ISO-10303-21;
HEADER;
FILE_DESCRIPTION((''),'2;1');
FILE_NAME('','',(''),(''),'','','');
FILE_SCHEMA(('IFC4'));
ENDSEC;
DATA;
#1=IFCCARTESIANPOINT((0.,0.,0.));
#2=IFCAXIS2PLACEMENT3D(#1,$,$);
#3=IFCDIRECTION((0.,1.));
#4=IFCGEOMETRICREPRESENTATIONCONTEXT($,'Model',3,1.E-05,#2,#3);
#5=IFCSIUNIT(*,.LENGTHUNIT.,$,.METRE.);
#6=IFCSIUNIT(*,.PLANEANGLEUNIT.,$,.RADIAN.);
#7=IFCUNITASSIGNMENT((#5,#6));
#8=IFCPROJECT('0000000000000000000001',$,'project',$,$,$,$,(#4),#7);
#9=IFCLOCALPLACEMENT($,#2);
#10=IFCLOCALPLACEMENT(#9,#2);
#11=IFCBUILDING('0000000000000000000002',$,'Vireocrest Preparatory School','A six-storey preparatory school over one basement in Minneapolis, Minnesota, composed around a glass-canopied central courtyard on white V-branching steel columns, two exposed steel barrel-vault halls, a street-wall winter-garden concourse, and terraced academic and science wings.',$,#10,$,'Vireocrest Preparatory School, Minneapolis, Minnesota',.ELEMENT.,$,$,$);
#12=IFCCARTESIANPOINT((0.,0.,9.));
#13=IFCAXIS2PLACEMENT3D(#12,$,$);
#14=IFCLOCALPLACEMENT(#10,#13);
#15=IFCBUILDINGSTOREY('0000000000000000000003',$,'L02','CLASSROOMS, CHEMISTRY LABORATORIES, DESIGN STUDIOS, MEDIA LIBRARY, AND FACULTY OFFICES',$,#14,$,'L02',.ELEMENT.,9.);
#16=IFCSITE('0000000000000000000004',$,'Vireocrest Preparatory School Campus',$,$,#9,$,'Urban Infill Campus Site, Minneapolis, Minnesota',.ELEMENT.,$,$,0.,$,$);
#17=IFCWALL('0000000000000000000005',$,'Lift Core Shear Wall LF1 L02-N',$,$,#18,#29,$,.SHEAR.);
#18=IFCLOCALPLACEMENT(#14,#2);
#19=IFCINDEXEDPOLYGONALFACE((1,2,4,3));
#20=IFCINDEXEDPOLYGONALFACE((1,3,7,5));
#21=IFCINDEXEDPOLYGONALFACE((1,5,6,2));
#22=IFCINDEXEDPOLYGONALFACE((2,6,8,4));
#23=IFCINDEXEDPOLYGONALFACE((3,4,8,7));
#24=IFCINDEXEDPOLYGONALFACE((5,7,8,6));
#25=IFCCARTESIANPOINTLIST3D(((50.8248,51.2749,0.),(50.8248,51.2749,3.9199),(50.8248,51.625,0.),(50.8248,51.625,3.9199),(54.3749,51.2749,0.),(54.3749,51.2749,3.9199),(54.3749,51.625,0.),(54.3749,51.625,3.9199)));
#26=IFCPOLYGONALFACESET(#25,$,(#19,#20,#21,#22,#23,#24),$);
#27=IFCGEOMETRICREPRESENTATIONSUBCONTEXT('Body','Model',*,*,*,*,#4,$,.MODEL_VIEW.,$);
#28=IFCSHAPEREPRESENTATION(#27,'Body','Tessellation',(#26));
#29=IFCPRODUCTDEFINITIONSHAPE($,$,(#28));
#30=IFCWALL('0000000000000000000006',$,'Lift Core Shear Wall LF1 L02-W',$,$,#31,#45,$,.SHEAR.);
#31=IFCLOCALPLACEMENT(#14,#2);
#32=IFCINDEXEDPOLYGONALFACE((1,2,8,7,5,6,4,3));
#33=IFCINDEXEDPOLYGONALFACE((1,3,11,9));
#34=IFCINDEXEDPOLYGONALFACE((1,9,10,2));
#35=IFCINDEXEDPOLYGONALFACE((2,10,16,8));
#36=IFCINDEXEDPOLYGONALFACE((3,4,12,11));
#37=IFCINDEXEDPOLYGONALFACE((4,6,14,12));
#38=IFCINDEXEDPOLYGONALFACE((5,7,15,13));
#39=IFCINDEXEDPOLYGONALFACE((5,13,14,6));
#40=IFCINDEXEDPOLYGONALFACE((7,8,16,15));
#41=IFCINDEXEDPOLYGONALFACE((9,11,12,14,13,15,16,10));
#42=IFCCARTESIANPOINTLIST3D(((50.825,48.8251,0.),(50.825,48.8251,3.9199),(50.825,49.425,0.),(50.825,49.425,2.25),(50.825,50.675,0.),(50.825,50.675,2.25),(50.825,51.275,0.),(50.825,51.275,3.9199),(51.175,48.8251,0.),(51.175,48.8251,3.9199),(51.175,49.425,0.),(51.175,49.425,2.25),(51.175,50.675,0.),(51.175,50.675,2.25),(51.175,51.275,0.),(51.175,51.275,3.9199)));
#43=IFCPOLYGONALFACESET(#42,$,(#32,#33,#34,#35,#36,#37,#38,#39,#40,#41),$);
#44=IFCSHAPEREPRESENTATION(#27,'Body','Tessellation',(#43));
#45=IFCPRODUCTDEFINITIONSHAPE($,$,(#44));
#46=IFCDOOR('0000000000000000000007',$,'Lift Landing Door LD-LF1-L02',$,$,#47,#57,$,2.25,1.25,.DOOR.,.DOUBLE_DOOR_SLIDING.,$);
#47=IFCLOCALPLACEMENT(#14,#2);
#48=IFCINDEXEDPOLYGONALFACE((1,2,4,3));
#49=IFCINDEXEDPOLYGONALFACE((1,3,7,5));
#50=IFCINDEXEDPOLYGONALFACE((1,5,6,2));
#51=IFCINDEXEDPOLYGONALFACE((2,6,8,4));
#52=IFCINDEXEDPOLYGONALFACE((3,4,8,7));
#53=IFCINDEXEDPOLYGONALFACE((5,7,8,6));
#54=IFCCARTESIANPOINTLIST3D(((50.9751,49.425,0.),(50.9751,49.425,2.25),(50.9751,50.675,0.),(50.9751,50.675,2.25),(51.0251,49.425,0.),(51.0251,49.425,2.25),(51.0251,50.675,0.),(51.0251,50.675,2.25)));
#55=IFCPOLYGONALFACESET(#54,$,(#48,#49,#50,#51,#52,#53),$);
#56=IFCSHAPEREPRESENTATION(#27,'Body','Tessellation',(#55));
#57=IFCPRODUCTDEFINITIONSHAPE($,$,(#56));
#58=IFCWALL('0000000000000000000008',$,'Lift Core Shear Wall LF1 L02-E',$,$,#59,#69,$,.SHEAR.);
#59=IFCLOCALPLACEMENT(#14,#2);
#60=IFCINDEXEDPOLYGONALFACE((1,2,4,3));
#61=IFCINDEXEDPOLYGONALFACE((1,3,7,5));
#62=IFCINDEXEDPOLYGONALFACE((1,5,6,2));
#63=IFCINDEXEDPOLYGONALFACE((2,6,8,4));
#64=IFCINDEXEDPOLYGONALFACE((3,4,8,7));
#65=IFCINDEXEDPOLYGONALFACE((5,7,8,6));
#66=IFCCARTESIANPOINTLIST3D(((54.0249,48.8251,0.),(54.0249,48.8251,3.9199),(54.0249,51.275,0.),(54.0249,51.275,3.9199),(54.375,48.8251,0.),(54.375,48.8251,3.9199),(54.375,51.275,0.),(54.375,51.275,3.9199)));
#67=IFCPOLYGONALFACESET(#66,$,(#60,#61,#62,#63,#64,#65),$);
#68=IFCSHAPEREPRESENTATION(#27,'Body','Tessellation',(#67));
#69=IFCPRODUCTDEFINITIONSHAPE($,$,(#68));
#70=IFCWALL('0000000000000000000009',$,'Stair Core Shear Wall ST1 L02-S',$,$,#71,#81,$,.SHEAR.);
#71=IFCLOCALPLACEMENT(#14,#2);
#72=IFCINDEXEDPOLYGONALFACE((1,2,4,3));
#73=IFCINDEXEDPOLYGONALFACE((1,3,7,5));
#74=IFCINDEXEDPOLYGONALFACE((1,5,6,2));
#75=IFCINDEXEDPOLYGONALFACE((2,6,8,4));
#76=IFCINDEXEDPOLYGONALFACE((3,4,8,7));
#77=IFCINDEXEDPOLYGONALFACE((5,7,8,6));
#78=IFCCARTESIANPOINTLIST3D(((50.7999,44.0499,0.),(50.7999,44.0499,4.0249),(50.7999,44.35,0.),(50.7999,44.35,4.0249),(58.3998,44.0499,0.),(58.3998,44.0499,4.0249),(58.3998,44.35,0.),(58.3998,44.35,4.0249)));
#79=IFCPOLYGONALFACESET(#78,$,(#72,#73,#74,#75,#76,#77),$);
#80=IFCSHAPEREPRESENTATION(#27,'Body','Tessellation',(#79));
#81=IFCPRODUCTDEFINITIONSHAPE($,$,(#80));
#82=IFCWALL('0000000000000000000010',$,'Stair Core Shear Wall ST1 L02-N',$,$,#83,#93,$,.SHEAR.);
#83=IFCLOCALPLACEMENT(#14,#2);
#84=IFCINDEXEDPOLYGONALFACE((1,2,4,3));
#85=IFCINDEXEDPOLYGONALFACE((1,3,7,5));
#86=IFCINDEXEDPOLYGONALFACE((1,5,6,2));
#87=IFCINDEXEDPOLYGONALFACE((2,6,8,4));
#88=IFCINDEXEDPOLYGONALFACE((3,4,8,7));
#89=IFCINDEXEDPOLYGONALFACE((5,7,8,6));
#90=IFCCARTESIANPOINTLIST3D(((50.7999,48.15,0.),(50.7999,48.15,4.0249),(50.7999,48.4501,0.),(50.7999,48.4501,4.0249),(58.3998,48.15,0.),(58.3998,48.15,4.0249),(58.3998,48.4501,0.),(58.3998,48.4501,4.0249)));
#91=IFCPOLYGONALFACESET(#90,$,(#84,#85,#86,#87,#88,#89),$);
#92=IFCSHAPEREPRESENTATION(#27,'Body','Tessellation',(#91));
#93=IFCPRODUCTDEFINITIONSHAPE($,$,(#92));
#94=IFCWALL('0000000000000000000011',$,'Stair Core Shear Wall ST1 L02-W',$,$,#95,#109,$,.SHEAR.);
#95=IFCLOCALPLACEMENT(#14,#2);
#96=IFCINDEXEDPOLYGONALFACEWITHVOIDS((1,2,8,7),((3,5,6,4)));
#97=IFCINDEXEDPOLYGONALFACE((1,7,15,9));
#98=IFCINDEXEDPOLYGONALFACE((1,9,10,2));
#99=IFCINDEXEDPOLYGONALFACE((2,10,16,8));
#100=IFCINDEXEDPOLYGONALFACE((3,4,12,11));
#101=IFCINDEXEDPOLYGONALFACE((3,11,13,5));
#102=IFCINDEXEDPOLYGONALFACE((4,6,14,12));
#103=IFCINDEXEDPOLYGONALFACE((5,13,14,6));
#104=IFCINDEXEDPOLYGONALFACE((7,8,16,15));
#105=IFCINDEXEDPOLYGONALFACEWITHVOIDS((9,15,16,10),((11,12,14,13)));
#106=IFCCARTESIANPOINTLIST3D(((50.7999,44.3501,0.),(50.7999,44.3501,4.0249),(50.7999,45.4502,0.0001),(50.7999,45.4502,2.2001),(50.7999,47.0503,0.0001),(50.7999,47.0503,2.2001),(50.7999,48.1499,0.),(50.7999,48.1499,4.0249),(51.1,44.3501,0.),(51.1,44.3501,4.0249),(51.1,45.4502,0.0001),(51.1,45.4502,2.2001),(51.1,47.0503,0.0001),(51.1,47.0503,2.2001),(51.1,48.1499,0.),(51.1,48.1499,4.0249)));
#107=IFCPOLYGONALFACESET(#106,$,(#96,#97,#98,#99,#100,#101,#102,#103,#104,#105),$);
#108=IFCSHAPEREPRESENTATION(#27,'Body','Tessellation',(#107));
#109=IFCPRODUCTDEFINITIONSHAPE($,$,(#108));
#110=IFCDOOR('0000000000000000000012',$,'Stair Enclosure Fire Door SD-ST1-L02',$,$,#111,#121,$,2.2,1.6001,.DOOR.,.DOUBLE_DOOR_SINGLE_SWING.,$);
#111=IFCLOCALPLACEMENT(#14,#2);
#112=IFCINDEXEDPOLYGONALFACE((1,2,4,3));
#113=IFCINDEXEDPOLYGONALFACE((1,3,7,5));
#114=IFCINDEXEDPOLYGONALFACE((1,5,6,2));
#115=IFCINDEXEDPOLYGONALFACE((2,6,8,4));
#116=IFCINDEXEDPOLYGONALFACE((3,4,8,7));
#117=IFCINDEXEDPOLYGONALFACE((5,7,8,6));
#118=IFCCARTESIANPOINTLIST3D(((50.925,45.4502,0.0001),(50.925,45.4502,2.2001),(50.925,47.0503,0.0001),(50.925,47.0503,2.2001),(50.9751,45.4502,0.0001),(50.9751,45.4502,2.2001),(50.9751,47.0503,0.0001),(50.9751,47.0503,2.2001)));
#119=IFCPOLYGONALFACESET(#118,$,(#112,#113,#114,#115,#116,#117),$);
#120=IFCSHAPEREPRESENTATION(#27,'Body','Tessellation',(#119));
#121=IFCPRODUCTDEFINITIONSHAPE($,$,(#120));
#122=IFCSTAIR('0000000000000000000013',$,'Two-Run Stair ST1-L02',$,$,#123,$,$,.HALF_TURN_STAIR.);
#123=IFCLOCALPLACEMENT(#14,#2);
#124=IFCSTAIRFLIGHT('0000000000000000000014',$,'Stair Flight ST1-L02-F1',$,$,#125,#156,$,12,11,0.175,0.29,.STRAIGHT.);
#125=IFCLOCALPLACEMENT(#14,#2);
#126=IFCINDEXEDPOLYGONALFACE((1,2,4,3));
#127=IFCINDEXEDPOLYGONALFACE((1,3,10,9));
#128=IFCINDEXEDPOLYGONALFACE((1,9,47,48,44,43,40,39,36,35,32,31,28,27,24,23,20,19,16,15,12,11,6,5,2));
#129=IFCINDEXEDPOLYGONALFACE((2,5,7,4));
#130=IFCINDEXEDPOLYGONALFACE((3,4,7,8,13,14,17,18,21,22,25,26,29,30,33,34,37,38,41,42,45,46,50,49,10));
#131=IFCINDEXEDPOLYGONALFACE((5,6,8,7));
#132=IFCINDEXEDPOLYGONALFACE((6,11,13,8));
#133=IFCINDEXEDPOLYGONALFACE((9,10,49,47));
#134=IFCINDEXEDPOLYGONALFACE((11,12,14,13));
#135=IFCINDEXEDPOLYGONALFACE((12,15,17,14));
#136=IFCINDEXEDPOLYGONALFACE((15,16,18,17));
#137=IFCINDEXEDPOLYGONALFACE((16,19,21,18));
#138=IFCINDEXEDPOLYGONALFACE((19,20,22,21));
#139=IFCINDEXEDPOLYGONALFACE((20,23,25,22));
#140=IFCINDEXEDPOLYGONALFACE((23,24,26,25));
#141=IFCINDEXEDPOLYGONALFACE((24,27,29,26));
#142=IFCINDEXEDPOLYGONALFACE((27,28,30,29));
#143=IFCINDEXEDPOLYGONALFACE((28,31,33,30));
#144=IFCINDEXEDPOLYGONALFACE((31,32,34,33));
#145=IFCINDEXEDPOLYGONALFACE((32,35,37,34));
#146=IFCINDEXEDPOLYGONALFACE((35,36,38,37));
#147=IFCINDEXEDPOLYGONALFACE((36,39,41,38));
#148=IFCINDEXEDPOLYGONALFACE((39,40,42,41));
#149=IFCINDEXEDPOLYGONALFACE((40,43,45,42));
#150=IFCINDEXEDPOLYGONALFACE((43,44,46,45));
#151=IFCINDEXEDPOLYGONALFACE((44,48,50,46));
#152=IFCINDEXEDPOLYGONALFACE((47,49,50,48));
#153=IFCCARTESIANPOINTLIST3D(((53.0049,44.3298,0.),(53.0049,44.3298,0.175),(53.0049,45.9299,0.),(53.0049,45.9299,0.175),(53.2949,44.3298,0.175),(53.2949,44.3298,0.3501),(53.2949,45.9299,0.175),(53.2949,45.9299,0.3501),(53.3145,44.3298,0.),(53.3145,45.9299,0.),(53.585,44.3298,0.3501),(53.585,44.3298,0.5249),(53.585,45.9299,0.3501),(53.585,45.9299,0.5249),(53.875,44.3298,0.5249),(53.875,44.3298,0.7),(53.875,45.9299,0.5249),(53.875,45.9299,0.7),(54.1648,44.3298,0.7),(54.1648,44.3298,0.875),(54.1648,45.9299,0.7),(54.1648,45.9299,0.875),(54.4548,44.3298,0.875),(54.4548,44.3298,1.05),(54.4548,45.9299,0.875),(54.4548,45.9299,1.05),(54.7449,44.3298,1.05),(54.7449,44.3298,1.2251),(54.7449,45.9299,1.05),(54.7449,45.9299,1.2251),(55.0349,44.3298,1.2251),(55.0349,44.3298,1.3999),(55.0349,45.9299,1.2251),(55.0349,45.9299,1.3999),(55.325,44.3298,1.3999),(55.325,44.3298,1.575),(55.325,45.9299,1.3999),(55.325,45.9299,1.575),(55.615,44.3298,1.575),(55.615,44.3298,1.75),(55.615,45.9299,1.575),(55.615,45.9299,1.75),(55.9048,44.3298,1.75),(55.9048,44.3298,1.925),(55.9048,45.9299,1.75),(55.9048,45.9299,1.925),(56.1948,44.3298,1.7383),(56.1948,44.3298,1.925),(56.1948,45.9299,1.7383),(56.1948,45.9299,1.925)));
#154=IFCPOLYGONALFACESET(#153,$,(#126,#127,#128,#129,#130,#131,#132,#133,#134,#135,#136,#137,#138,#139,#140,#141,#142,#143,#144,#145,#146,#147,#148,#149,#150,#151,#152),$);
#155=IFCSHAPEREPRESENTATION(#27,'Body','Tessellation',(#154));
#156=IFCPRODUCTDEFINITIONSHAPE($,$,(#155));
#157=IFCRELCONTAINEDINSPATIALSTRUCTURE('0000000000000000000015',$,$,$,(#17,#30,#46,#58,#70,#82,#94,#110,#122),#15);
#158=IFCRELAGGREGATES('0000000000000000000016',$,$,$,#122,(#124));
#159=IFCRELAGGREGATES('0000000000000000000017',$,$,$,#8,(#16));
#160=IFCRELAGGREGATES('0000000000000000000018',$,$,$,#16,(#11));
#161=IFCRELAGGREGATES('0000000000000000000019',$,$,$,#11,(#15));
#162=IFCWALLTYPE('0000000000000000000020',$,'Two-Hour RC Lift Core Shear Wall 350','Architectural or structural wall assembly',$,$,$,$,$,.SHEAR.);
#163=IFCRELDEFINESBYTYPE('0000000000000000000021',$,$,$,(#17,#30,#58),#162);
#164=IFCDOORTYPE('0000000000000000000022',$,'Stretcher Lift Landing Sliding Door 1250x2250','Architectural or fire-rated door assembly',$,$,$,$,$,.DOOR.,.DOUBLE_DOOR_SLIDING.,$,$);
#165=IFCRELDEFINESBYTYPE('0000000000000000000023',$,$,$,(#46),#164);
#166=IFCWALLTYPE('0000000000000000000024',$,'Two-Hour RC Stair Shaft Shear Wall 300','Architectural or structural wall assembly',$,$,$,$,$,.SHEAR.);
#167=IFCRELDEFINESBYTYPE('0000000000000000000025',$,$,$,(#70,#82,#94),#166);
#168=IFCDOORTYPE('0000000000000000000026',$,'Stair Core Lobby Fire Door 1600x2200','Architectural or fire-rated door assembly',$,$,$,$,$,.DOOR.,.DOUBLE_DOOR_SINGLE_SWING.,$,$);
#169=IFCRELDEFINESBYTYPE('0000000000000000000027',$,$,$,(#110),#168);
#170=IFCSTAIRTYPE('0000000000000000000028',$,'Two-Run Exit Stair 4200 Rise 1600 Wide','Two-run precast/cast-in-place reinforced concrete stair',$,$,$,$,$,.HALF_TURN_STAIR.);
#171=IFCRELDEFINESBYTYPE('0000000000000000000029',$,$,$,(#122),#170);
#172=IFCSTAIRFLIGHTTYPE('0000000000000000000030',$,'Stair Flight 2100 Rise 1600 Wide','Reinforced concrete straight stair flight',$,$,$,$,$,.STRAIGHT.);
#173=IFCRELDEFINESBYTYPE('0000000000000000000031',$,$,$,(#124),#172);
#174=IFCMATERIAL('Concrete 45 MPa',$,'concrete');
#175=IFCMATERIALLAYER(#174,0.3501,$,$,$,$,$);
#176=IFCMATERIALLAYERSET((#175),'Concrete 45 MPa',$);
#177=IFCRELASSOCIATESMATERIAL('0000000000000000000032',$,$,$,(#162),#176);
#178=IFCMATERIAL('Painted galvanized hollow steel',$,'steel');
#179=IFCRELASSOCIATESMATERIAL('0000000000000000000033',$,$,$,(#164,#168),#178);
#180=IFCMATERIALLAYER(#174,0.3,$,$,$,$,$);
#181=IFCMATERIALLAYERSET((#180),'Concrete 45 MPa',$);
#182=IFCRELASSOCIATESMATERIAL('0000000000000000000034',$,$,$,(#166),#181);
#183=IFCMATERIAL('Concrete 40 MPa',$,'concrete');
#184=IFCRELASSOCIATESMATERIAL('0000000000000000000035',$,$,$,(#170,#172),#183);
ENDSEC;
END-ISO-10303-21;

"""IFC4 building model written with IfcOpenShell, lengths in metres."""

from ifc_helpers import new_model, si_unit, direction, frame, frame_2d, origin, place, context, subcontext, project, spatial, polyline, rectangle, outline, extrude, material, layer, layer_set, type_object, element, fill, aggregate, save


model = new_model("IFC4")

# Units and contexts
model_context = context("Model", 3, precision=1e-05, world=origin(), true_north=direction((0.0, 1.0)))
body_context = subcontext(model_context, "Body", "Model", "MODEL_VIEW")
ifc_project = project(units=[si_unit("LENGTHUNIT", "METRE"), si_unit("PLANEANGLEUNIT", "RADIAN")], contexts=[model_context])

# Site, building, storey
site_placement = place(None, origin())
site = spatial("IfcSite", under=ifc_project, at=site_placement, Name="Vireocrest Preparatory School Campus", LongName="Urban Infill Campus Site, Minneapolis, Minnesota", CompositionType="ELEMENT", RefElevation=0.0)
building_placement = place(site_placement, origin())
building = spatial("IfcBuilding", under=site, at=building_placement, Name="Vireocrest Preparatory School", Description="A six-storey preparatory school over one basement in Minneapolis, Minnesota, composed around a glass-canopied central courtyard on white V-branching steel columns, two exposed steel barrel-vault halls, a street-wall winter-garden concourse, and terraced academic and science wings.", LongName="Vireocrest Preparatory School, Minneapolis, Minnesota", CompositionType="ELEMENT")
storey_placement = place(building_placement, frame((0.0, 0.0, 9.0)))
storey = spatial("IfcBuildingStorey", under=building, at=storey_placement, Name="L02", Description="CLASSROOMS, CHEMISTRY LABORATORIES, DESIGN STUDIOS, MEDIA LIBRARY, AND FACULTY OFFICES", LongName="L02", CompositionType="ELEMENT", Elevation=9.0)

# Shared definitions
ifc_material_1 = material(Name="Concrete 45 MPa", Category="concrete")

# Shared definitions
ifc_material_2 = material(Name="Concrete 40 MPa", Category="concrete")

# Wall
ifc_layer_1 = layer(ifc_material_1, 0.3501)
ifc_layer_set_1 = layer_set([ifc_layer_1], Name="Concrete 45 MPa")
wall_type_1 = type_object("IfcWallType", Name="Two-Hour RC Lift Core Shear Wall 350", Description="Architectural or structural wall assembly", PredefinedType="SHEAR", material=ifc_layer_set_1)
for number, where, z_axis, x_axis, name in (
    (1, (50.825, 51.45, 0.0), (0.0, 0.0, 1.0), (1.0, 0.0, 0.0), "Lift Core Shear Wall LF1 L02-N"),
):
    element("IfcWall", number, at=place(storey_placement, frame(where, z_axis=z_axis, x_axis=x_axis)), inside=storey, type_object=wall_type_1, Name=name, PredefinedType="SHEAR", context=body_context, shape_type="SweptSolid", body=[
        extrude(rectangle(XDim=3.55, YDim=0.3501, at=frame_2d((1.7749, 0.0))), origin(), (0.0, 0.0, 1.0), 3.9199),
    ])

# Wall, opening, door
wall_1_placement = place(storey_placement, frame((51.0, 48.825, 0.0), z_axis=(0.0, 0.0, 1.0), x_axis=(0.0, 1.0, 0.0)))
wall_1 = element("IfcWall", 2, at=wall_1_placement, inside=storey, type_object=wall_type_1, Name="Lift Core Shear Wall LF1 L02-W", PredefinedType="SHEAR", context=body_context, shape_type="SweptSolid", body=[
    extrude(rectangle(XDim=2.45, YDim=0.3501, at=frame_2d((1.2251, 0.0))), origin(), (0.0, 0.0, 1.0), 3.9199),
])
opening_1_placement = place(wall_1_placement, frame((0.6001, 0.0, 0.0)))
opening_1 = element("IfcOpeningElement", 3, at=opening_1_placement, cuts=wall_1, PredefinedType="OPENING", context=body_context, shape_type="SweptSolid", body=[
    extrude(rectangle(XDim=1.25, YDim=2.25, at=frame_2d((0.625, 1.125))), frame((0.0, 0.1851, 0.0), z_axis=(0.0, -1.0, 0.0), x_axis=(1.0, 0.0, 0.0)), (0.0, 0.0, 1.0), 0.3701),
])
ifc_material_3 = material(Name="Painted galvanized hollow steel", Category="steel")
door_type_1 = type_object("IfcDoorType", Name="Stretcher Lift Landing Sliding Door 1250x2250", Description="Architectural or fire-rated door assembly", OperationType="DOUBLE_DOOR_SLIDING", PredefinedType="DOOR", material=ifc_material_3)
door_1_placement = place(opening_1_placement, origin())
door_1 = element("IfcDoor", 4, at=door_1_placement, inside=storey, type_object=door_type_1, Name="Lift Landing Door LD-LF1-L02", OperationType="DOUBLE_DOOR_SLIDING", OverallHeight=2.25, OverallWidth=1.25, PredefinedType="DOOR", context=body_context, shape_type="SweptSolid", body=[
    extrude(rectangle(XDim=1.25, YDim=2.25, at=frame_2d((0.625, 1.125))), frame((0.0, 0.0249, 0.0), z_axis=(0.0, -1.0, 0.0), x_axis=(1.0, 0.0, 0.0)), (0.0, 0.0, 1.0), 0.05),
])
fill(opening_1, door_1)

# Walls
wall_2_placement = place(storey_placement, frame((54.2, 48.825, 0.0), z_axis=(0.0, 0.0, 1.0), x_axis=(0.0, 1.0, 0.0)))
element("IfcWall", 5, at=wall_2_placement, inside=storey, type_object=wall_type_1, Name="Lift Core Shear Wall LF1 L02-E", PredefinedType="SHEAR", context=body_context, shape_type="SweptSolid", body=[
    extrude(rectangle(XDim=2.45, YDim=0.3501, at=frame_2d((1.2251, 0.0))), origin(), (0.0, 0.0, 1.0), 3.9199),
])
ifc_layer_2 = layer(ifc_material_1, 0.3)
ifc_layer_set_2 = layer_set([ifc_layer_2], Name="Concrete 45 MPa")
wall_type_2 = type_object("IfcWallType", Name="Two-Hour RC Stair Shaft Shear Wall 300", Description="Architectural or structural wall assembly", PredefinedType="SHEAR", material=ifc_layer_set_2)
for number, where, z_axis, x_axis, name in (
    (6, (50.8, 44.2, 0.0), (0.0, 0.0, 1.0), (1.0, 0.0, 0.0), "Stair Core Shear Wall ST1 L02-S"),
    (7, (50.8, 48.3, 0.0), (0.0, 0.0, 1.0), (1.0, 0.0, 0.0), "Stair Core Shear Wall ST1 L02-N"),
):
    element("IfcWall", number, at=place(storey_placement, frame(where, z_axis=z_axis, x_axis=x_axis)), inside=storey, type_object=wall_type_2, Name=name, PredefinedType="SHEAR", context=body_context, shape_type="SweptSolid", body=[
        extrude(rectangle(XDim=7.5999, YDim=0.3, at=frame_2d((3.7998, 0.0))), origin(), (0.0, 0.0, 1.0), 4.0249),
    ])

# Wall, opening, door
wall_3_placement = place(storey_placement, frame((50.95, 44.3501, 0.0), z_axis=(0.0, 0.0, 1.0), x_axis=(0.0, 1.0, 0.0)))
wall_3 = element("IfcWall", 8, at=wall_3_placement, inside=storey, type_object=wall_type_2, Name="Stair Core Shear Wall ST1 L02-W", PredefinedType="SHEAR", context=body_context, shape_type="SweptSolid", body=[
    extrude(rectangle(XDim=3.7998, YDim=0.3, at=frame_2d((1.8999, 0.0))), origin(), (0.0, 0.0, 1.0), 4.0249),
])
opening_2_placement = place(wall_3_placement, frame((1.1001, 0.0, 0.0)))
opening_2 = element("IfcOpeningElement", 9, at=opening_2_placement, cuts=wall_3, PredefinedType="OPENING", context=body_context, shape_type="SweptSolid", body=[
    extrude(rectangle(XDim=1.6001, YDim=2.2, at=frame_2d((0.8, 1.1001))), frame((0.0, 0.1599, 0.0), z_axis=(0.0, -1.0, 0.0), x_axis=(1.0, 0.0, 0.0)), (0.0, 0.0, 1.0), 0.3201),
])
door_type_2 = type_object("IfcDoorType", Name="Stair Core Lobby Fire Door 1600x2200", Description="Architectural or fire-rated door assembly", OperationType="DOUBLE_DOOR_SINGLE_SWING", PredefinedType="DOOR", material=ifc_material_3)
door_2_placement = place(opening_2_placement, origin())
door_2 = element("IfcDoor", 10, at=door_2_placement, inside=storey, type_object=door_type_2, Name="Stair Enclosure Fire Door SD-ST1-L02", OperationType="DOUBLE_DOOR_SINGLE_SWING", OverallHeight=2.2, OverallWidth=1.6001, PredefinedType="DOOR", context=body_context, shape_type="SweptSolid", body=[
    extrude(rectangle(XDim=1.6001, YDim=2.2, at=frame_2d((0.8, 1.1001))), frame((0.0, 0.0249, 0.0), z_axis=(0.0, -1.0, 0.0), x_axis=(1.0, 0.0, 0.0)), (0.0, 0.0, 1.0), 0.05),
])
fill(opening_2, door_2)

# Stair, stair flight
stair_type = type_object("IfcStairType", Name="Two-Run Exit Stair 4200 Rise 1600 Wide", Description="Two-run precast/cast-in-place reinforced concrete stair", PredefinedType="HALF_TURN_STAIR", material=ifc_material_2)
stair_placement = place(storey_placement, origin())
stair = element("IfcStair", 11, at=stair_placement, inside=storey, type_object=stair_type, Name="Two-Run Stair ST1-L02", PredefinedType="HALF_TURN_STAIR")
stair_flight_type = type_object("IfcStairFlightType", Name="Stair Flight 2100 Rise 1600 Wide", Description="Reinforced concrete straight stair flight", PredefinedType="STRAIGHT", material=ifc_material_2)
stair_flight_placement = place(storey_placement, frame((53.0049, 45.1299, 0.0), z_axis=(0.0, 0.0, 1.0), x_axis=(1.0, 0.0, 0.0)))
stair_flight = element("IfcStairFlight", 12, at=stair_flight_placement, type_object=stair_flight_type, Name="Stair Flight ST1-L02-F1", NumberOfRisers=12, NumberOfTreads=11, PredefinedType="STRAIGHT", RiserHeight=0.175, TreadLength=0.29, context=body_context, shape_type="SweptSolid", body=[
    extrude(outline(polyline([(0.0, 0.0), (0.0, 0.175), (0.29, 0.175), (0.29, 0.3501), (0.5801, 0.3501), (0.5801, 0.5249), (0.8701, 0.5249), (0.8701, 0.7), (1.1599, 0.7), (1.1599, 0.875), (1.45, 0.875), (1.45, 1.05), (1.74, 1.05), (1.74, 1.2251), (2.03, 1.2251), (2.03, 1.3999), (2.3201, 1.3999), (2.3201, 1.575), (2.6101, 1.575), (2.6101, 1.75), (2.8999, 1.75), (2.8999, 1.925), (3.1899, 1.925), (3.1899, 2.1001), (3.1899, 1.7383), (0.3096, 0.0), (0.0, 0.0)])), frame((0.0, 0.8, 0.0), z_axis=(0.0, -1.0, 0.0), x_axis=(1.0, 0.0, 0.0)), (0.0, 0.0, 1.0), 1.6001),
])
aggregate(stair, [stair_flight])

save(model, "model.ifc")
